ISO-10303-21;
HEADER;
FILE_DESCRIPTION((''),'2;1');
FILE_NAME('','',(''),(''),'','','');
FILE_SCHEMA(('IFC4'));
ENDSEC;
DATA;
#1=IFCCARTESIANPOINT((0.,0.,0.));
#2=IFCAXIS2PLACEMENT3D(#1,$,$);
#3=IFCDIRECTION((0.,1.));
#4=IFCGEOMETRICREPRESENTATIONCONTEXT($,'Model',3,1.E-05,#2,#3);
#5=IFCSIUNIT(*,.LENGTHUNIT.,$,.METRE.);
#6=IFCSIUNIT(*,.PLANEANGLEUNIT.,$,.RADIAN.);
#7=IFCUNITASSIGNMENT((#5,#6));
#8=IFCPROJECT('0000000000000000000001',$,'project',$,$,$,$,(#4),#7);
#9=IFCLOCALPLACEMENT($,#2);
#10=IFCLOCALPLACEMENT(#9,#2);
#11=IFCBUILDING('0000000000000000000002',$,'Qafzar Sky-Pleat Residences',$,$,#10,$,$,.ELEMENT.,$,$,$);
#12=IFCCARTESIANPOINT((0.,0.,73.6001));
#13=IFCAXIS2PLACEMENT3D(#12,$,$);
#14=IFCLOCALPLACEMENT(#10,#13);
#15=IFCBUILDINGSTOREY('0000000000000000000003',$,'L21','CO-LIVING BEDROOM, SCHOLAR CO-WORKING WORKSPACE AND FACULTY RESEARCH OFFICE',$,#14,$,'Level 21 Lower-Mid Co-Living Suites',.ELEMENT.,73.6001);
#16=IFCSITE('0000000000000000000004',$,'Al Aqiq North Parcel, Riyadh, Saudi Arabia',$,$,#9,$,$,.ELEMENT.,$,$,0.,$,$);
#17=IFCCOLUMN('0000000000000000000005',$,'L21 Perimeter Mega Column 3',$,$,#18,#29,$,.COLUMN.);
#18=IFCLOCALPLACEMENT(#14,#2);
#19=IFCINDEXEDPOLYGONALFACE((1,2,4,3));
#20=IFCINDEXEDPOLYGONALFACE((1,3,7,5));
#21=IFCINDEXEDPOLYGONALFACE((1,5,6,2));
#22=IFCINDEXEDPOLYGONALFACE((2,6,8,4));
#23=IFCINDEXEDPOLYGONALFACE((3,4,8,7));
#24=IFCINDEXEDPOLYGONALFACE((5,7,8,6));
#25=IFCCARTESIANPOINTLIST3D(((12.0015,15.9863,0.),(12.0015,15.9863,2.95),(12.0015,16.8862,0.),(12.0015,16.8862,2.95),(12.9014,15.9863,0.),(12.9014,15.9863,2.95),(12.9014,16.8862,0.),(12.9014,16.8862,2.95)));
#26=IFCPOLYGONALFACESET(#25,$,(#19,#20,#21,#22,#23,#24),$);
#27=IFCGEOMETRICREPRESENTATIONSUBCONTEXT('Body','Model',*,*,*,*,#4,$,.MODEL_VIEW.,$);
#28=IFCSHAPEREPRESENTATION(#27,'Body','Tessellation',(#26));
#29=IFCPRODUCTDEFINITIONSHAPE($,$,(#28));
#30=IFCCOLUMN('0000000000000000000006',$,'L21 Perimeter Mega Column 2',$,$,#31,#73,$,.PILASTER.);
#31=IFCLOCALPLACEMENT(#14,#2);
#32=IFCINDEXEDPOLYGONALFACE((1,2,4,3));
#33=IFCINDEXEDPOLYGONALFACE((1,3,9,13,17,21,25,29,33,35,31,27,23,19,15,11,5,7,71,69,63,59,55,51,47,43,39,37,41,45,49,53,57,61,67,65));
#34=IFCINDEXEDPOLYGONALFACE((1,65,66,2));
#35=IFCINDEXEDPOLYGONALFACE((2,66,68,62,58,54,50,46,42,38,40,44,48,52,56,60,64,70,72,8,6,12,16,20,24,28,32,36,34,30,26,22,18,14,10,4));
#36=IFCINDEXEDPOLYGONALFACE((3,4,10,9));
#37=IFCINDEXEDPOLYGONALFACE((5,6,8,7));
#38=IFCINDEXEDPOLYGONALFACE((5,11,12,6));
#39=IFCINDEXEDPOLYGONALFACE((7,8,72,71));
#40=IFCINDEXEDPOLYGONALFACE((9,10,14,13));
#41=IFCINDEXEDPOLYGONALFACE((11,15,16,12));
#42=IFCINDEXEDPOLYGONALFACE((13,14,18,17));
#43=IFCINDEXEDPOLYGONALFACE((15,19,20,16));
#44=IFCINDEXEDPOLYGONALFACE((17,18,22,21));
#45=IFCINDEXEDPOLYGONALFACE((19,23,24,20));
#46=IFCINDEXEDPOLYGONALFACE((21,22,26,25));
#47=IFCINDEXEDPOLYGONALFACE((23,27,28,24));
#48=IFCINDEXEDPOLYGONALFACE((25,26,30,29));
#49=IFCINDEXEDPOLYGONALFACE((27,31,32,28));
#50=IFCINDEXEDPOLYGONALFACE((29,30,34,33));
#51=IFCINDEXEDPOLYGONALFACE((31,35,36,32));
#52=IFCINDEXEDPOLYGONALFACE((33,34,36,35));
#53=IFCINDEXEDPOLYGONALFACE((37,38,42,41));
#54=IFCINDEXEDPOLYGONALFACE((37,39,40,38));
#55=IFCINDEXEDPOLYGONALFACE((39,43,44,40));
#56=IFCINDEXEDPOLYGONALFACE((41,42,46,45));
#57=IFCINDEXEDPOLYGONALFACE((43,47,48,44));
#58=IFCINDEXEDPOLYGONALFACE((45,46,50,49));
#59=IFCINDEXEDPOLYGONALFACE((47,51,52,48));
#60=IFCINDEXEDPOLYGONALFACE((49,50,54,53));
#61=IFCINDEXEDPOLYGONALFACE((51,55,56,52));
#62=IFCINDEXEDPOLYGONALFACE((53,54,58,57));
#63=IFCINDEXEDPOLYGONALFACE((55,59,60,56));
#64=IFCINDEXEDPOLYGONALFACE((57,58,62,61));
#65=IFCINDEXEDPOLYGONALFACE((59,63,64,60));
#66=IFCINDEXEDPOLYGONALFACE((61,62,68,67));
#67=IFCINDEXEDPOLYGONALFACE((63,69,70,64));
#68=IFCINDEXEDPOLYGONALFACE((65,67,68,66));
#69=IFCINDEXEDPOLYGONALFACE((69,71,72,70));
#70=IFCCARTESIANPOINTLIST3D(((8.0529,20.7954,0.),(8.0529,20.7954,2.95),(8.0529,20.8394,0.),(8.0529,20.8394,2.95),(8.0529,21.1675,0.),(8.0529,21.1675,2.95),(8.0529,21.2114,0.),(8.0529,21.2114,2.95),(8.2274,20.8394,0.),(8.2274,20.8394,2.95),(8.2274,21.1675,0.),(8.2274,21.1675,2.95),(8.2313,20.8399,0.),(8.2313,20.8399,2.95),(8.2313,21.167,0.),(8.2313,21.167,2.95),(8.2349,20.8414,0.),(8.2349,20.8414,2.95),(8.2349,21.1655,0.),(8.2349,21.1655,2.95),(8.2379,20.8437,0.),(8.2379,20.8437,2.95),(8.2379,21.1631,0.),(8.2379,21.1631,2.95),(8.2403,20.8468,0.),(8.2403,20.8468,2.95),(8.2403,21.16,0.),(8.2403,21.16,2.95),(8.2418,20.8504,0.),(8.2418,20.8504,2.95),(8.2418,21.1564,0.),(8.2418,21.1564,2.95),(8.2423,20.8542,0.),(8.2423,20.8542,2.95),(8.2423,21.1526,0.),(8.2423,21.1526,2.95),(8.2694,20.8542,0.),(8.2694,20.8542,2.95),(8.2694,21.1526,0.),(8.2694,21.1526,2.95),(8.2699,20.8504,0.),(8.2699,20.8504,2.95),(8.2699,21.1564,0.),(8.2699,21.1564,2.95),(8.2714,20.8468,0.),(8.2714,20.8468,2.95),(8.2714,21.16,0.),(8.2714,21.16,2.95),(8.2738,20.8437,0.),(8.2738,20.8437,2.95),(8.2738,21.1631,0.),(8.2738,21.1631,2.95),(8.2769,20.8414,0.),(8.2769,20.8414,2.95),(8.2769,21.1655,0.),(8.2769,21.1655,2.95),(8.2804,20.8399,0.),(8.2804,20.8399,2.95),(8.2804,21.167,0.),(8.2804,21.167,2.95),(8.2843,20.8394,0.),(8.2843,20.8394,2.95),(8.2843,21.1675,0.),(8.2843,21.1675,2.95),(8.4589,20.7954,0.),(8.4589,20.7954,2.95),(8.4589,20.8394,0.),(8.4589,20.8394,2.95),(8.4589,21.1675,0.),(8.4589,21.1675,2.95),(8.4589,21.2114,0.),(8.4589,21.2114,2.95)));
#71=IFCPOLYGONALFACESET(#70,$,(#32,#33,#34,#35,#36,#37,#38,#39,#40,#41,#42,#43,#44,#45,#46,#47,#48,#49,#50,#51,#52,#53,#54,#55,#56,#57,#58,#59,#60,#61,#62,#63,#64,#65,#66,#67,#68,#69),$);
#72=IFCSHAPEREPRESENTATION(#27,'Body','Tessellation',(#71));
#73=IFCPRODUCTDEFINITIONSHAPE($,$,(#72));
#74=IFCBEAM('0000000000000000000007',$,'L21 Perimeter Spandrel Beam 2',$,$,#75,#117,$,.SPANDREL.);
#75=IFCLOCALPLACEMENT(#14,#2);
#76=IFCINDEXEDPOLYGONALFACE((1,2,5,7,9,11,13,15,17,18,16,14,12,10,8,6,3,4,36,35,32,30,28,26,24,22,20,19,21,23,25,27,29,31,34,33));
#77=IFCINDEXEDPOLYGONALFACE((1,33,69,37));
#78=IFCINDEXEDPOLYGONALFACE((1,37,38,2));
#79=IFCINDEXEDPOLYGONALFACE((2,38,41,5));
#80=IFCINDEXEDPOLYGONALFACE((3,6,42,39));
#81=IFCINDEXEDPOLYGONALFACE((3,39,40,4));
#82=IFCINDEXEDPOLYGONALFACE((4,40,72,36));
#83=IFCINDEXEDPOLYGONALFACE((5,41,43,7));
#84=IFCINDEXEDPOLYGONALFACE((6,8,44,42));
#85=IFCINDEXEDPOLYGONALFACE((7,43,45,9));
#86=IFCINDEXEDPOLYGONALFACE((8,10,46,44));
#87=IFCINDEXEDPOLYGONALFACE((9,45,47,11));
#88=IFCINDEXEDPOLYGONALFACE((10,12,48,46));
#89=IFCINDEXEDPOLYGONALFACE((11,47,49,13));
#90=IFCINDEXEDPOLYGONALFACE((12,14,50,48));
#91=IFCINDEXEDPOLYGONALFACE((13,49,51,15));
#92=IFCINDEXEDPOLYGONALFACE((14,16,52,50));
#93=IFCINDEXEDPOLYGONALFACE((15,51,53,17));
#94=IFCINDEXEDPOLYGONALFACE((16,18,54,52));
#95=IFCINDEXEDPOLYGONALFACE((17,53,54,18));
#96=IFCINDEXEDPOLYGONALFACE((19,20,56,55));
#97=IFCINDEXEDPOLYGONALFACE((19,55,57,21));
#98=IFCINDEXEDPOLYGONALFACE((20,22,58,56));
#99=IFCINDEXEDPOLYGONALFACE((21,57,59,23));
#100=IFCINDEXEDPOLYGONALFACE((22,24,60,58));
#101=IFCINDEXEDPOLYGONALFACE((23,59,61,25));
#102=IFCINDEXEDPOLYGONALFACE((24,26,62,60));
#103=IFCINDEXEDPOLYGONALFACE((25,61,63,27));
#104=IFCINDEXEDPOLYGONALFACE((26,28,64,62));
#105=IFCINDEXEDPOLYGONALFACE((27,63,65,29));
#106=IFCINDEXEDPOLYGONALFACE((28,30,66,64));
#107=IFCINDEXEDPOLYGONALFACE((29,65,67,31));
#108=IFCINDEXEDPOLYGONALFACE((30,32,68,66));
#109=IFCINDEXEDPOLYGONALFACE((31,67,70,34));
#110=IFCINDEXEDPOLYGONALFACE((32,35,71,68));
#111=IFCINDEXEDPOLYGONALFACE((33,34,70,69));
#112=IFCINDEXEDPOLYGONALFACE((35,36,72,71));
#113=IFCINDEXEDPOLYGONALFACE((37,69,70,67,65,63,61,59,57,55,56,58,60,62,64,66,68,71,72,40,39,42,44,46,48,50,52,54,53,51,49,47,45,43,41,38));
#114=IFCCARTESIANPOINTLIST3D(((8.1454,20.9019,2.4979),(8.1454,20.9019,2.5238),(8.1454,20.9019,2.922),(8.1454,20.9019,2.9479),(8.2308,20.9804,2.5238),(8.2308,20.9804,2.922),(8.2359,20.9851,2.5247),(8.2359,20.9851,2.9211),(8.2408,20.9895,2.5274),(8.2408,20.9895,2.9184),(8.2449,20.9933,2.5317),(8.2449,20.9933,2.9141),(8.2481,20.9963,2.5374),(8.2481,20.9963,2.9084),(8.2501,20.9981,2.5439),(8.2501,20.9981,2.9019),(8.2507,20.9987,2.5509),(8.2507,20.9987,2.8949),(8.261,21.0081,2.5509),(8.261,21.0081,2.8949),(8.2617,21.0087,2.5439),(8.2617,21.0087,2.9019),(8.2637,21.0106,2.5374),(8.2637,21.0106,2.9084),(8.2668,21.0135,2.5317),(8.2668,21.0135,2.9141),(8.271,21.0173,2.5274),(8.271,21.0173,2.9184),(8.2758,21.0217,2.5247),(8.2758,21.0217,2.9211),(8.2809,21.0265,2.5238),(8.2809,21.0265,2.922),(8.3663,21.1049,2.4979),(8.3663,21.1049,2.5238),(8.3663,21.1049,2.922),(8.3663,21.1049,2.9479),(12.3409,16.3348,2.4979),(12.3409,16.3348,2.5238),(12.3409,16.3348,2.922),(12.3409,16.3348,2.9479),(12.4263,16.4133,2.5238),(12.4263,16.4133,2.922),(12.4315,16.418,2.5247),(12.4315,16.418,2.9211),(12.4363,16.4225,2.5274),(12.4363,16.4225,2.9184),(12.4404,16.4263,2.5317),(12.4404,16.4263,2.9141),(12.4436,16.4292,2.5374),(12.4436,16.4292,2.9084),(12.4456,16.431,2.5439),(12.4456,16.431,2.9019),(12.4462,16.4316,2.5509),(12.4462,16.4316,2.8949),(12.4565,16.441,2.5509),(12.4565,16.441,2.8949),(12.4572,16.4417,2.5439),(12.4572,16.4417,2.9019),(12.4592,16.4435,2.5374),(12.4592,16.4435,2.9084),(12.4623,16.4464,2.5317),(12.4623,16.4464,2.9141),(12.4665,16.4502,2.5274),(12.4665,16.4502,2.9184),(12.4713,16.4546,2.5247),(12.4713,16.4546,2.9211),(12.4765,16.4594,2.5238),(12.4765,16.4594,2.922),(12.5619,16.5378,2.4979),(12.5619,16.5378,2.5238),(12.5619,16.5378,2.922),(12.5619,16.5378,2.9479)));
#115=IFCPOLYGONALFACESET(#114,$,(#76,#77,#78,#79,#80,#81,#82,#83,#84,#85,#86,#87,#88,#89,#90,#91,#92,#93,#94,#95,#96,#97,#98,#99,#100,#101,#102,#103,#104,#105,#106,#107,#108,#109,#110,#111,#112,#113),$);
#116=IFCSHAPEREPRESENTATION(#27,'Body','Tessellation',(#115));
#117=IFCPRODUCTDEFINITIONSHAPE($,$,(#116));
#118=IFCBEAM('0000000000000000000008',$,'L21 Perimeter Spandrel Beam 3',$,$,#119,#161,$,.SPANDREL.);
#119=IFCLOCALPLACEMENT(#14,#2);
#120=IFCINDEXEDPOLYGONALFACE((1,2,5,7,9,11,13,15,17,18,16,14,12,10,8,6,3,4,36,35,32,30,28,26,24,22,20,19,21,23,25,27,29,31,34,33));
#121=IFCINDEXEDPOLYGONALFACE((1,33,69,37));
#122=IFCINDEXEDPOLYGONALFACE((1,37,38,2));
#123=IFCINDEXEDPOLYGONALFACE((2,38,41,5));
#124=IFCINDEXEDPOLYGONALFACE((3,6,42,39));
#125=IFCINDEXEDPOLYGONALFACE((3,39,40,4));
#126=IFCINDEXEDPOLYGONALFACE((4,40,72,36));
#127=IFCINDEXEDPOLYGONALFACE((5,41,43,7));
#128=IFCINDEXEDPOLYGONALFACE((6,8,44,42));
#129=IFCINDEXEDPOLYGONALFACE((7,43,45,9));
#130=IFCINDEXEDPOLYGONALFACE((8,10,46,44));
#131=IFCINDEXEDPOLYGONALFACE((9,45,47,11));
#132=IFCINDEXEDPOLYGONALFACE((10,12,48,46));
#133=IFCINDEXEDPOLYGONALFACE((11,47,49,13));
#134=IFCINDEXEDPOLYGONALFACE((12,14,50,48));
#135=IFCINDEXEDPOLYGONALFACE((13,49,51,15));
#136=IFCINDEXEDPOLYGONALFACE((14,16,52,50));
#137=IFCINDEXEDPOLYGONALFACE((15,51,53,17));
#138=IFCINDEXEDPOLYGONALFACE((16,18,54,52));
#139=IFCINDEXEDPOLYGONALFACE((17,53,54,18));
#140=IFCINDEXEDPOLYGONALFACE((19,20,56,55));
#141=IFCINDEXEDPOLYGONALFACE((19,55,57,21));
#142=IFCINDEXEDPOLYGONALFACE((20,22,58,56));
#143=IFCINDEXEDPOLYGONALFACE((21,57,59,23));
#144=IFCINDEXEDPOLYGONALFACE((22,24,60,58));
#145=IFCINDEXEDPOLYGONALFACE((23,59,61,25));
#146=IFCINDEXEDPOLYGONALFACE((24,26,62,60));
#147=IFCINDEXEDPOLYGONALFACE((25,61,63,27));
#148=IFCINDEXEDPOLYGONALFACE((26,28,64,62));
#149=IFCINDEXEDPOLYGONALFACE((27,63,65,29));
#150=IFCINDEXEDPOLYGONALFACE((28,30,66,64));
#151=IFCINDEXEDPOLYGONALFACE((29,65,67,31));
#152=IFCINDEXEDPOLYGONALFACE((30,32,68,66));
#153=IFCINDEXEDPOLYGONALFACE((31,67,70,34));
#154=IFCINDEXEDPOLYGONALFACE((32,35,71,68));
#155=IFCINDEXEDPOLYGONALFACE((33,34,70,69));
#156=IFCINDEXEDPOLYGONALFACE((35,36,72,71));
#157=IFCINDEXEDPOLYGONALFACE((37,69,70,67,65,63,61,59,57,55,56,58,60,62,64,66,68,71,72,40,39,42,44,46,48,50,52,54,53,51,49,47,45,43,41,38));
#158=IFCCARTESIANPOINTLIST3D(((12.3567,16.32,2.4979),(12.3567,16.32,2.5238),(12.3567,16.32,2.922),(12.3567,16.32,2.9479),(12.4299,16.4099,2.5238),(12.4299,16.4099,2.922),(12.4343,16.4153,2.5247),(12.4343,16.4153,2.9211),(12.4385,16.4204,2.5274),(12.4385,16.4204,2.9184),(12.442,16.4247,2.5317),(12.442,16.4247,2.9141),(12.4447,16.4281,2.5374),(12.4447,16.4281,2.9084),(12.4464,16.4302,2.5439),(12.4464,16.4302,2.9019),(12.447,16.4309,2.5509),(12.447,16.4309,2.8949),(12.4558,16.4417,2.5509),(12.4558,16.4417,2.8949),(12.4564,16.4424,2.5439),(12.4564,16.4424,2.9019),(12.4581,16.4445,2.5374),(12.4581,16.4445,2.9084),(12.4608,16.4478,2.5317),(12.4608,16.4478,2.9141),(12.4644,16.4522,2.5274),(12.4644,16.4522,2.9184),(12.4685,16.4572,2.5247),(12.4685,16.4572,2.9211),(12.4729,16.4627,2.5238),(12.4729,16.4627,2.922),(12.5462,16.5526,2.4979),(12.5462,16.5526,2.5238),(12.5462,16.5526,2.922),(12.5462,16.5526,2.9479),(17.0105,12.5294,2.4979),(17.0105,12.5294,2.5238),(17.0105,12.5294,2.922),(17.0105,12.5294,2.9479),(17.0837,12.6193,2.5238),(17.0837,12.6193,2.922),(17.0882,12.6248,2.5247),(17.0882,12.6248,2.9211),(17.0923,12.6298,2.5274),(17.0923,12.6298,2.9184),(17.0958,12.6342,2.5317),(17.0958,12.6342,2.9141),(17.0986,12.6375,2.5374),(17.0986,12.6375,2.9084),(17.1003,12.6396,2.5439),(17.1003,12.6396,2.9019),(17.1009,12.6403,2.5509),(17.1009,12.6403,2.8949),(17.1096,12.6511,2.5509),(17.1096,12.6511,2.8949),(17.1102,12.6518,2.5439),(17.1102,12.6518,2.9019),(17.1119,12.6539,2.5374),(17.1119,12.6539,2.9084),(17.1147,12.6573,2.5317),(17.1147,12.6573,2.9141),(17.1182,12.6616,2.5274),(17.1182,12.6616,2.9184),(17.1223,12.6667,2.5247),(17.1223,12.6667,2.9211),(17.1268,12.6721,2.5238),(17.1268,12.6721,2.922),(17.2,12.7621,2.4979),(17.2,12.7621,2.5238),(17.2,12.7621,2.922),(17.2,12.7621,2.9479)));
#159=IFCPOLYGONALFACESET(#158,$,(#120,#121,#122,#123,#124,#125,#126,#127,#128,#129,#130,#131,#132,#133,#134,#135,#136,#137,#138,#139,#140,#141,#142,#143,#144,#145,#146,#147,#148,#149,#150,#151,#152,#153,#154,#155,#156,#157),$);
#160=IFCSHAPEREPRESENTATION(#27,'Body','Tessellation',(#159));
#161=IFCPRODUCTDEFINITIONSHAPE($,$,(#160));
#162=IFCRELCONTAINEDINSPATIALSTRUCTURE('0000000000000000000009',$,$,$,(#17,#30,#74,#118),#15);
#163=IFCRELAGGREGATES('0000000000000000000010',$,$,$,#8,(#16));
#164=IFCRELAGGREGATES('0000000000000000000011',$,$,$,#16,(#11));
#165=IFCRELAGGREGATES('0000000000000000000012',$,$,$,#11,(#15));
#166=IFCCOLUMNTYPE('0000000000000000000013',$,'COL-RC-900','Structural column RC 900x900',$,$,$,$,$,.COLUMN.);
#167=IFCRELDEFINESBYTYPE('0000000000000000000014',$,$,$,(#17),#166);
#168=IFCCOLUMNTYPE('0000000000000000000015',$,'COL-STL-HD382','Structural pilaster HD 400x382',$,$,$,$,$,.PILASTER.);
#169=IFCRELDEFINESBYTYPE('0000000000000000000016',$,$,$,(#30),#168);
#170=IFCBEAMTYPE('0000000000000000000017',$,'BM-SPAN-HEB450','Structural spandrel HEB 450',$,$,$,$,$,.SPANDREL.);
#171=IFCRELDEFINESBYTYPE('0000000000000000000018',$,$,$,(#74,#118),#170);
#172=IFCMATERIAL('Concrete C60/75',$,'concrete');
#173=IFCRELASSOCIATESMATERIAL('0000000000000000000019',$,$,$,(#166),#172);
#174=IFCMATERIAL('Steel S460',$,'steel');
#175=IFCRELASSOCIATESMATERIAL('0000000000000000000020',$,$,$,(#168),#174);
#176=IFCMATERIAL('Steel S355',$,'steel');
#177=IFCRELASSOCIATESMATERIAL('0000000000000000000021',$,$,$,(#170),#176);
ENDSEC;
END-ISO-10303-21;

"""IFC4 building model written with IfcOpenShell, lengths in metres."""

from ifc_helpers import new_model, si_unit, direction, frame, origin, origin_2d, place, context, subcontext, project, spatial, rectangle, i_section, extrude, source, transform, mapped, material, material_profile, profile_set, type_object, element, save


model = new_model("IFC4")

# Units and contexts
model_context = context("Model", 3, precision=1e-05, world=origin(), true_north=direction((0.0, 1.0)))
body_context = subcontext(model_context, "Body", "Model", "MODEL_VIEW")
ifc_project = project(units=[si_unit("LENGTHUNIT", "METRE"), si_unit("PLANEANGLEUNIT", "RADIAN")], contexts=[model_context])

# Site, building, storey
site_placement = place(None, origin())
site = spatial("IfcSite", under=ifc_project, at=site_placement, Name="Al Aqiq North Parcel, Riyadh, Saudi Arabia", CompositionType="ELEMENT", RefElevation=0.0)
building_placement = place(site_placement, origin())
building = spatial("IfcBuilding", under=site, at=building_placement, Name="Qafzar Sky-Pleat Residences", CompositionType="ELEMENT")
storey_placement = place(building_placement, frame((0.0, 0.0, 73.6001)))
storey = spatial("IfcBuildingStorey", under=building, at=storey_placement, Name="L21", Description="CO-LIVING BEDROOM, SCHOLAR CO-WORKING WORKSPACE AND FACULTY RESEARCH OFFICE", LongName="Level 21 Lower-Mid Co-Living Suites", CompositionType="ELEMENT", Elevation=73.6001)

# Columns
ifc_material_1 = material(Name="Concrete C60/75", Category="concrete")
ifc_material_profile_1 = material_profile(ifc_material_1, rectangle(XDim=0.8999, YDim=0.8999, at=origin_2d()), Name="RC 900x900")
ifc_profile_set_1 = profile_set([ifc_material_profile_1], Name="Concrete C60/75")
column_type_1 = type_object("IfcColumnType", Name="COL-RC-900", Description="Structural column RC 900x900", PredefinedType="COLUMN", material=ifc_profile_set_1)
shared_shape_1 = source(origin(), body_context, "Body", "SweptSolid", [
    extrude(rectangle(XDim=0.8999, YDim=0.8999, at=origin_2d()), origin(), (0.0, 0.0, 1.0), 2.95),
])
column_1_placement = place(storey_placement, frame((12.4514, 16.4363, 0.0), z_axis=(0.0, 0.0, 1.0), x_axis=(1.0, 0.0, 0.0)))
element("IfcColumn", 1, at=column_1_placement, inside=storey, type_object=column_type_1, Name="L21 Perimeter Mega Column 3", PredefinedType="COLUMN", context=body_context, shape_type="MappedRepresentation", body=[
    mapped(shared_shape_1, transform((0.0, 0.0, 0.0), x_axis=(1.0, 0.0, 0.0), y_axis=(0.0, 1.0, 0.0), z_axis=(0.0, 0.0, 1.0), scale=1.0)),
])
ifc_material_2 = material(Name="Steel S460", Category="steel")
ifc_material_profile_2 = material_profile(ifc_material_2, i_section(OverallWidth=0.406, OverallDepth=0.416, WebThickness=0.0271, FlangeThickness=0.0439, FilletRadius=0.0149, at=origin_2d()), Name="HD 400x382")
ifc_profile_set_2 = profile_set([ifc_material_profile_2], Name="Steel S460")
column_type_2 = type_object("IfcColumnType", Name="COL-STL-HD382", Description="Structural pilaster HD 400x382", PredefinedType="PILASTER", material=ifc_profile_set_2)
shared_shape_2 = source(origin(), body_context, "Body", "SweptSolid", [
    extrude(i_section(OverallWidth=0.406, OverallDepth=0.416, WebThickness=0.0271, FlangeThickness=0.0439, FilletRadius=0.0149, at=origin_2d()), origin(), (0.0, 0.0, 1.0), 2.95),
])
column_2_placement = place(storey_placement, frame((8.2559, 21.0034, 0.0), z_axis=(0.0, 0.0, 1.0), x_axis=(1.0, 0.0, 0.0)))
element("IfcColumn", 2, at=column_2_placement, inside=storey, type_object=column_type_2, Name="L21 Perimeter Mega Column 2", PredefinedType="PILASTER", context=body_context, shape_type="MappedRepresentation", body=[
    mapped(shared_shape_2, transform((0.0, 0.0, 0.0), x_axis=(1.0, 0.0, 0.0), y_axis=(0.0, 1.0, 0.0), z_axis=(0.0, 0.0, 1.0), scale=1.0)),
])

# Beams
ifc_material_3 = material(Name="Steel S355", Category="steel")
ifc_material_profile_3 = material_profile(ifc_material_3, i_section(OverallWidth=0.3, OverallDepth=0.45, WebThickness=0.0139, FlangeThickness=0.0259, FilletRadius=0.0271, at=origin_2d()), Name="HEB 450")
ifc_profile_set_3 = profile_set([ifc_material_profile_3], Name="Steel S355")
beam_type_1 = type_object("IfcBeamType", Name="BM-SPAN-HEB450", Description="Structural spandrel HEB 450", PredefinedType="SPANDREL", material=ifc_profile_set_3)
shared_shape_3 = source(origin(), body_context, "Body", "SweptSolid", [
    extrude(i_section(OverallWidth=0.3, OverallDepth=0.45, WebThickness=0.0139, FlangeThickness=0.0259, FilletRadius=0.0271, at=origin_2d()), origin(), (0.0, 0.0, 1.0), 6.2017),
])
beam_1_placement = place(storey_placement, frame((8.2559, 21.0034, 2.7229), z_axis=(0.676514, -0.73643, 0.0), x_axis=(0.73643, 0.676514, 0.0)))
element("IfcBeam", 3, at=beam_1_placement, inside=storey, type_object=beam_type_1, Name="L21 Perimeter Spandrel Beam 2", PredefinedType="SPANDREL", context=body_context, shape_type="MappedRepresentation", body=[
    mapped(shared_shape_3, transform((0.0, 0.0, 0.0), x_axis=(1.0, 0.0, 0.0), y_axis=(0.0, 1.0, 0.0), z_axis=(0.0, 0.0, 1.0), scale=1.0)),
])
shared_shape_4 = source(origin(), body_context, "Body", "SweptSolid", [
    extrude(i_section(OverallWidth=0.3, OverallDepth=0.45, WebThickness=0.0139, FlangeThickness=0.0259, FilletRadius=0.0271, at=origin_2d()), origin(), (0.0, 0.0, 1.0), 6.0022),
])
beam_2_placement = place(storey_placement, frame((12.4514, 16.4363, 2.7229), z_axis=(0.775354, -0.631526, 0.0), x_axis=(0.631526, 0.775354, 0.0)))
element("IfcBeam", 4, at=beam_2_placement, inside=storey, type_object=beam_type_1, Name="L21 Perimeter Spandrel Beam 3", PredefinedType="SPANDREL", context=body_context, shape_type="MappedRepresentation", body=[
    mapped(shared_shape_4, transform((0.0, 0.0, 0.0), x_axis=(1.0, 0.0, 0.0), y_axis=(0.0, 1.0, 0.0), z_axis=(0.0, 0.0, 1.0), scale=1.0)),
])

save(model, "model.ifc")
